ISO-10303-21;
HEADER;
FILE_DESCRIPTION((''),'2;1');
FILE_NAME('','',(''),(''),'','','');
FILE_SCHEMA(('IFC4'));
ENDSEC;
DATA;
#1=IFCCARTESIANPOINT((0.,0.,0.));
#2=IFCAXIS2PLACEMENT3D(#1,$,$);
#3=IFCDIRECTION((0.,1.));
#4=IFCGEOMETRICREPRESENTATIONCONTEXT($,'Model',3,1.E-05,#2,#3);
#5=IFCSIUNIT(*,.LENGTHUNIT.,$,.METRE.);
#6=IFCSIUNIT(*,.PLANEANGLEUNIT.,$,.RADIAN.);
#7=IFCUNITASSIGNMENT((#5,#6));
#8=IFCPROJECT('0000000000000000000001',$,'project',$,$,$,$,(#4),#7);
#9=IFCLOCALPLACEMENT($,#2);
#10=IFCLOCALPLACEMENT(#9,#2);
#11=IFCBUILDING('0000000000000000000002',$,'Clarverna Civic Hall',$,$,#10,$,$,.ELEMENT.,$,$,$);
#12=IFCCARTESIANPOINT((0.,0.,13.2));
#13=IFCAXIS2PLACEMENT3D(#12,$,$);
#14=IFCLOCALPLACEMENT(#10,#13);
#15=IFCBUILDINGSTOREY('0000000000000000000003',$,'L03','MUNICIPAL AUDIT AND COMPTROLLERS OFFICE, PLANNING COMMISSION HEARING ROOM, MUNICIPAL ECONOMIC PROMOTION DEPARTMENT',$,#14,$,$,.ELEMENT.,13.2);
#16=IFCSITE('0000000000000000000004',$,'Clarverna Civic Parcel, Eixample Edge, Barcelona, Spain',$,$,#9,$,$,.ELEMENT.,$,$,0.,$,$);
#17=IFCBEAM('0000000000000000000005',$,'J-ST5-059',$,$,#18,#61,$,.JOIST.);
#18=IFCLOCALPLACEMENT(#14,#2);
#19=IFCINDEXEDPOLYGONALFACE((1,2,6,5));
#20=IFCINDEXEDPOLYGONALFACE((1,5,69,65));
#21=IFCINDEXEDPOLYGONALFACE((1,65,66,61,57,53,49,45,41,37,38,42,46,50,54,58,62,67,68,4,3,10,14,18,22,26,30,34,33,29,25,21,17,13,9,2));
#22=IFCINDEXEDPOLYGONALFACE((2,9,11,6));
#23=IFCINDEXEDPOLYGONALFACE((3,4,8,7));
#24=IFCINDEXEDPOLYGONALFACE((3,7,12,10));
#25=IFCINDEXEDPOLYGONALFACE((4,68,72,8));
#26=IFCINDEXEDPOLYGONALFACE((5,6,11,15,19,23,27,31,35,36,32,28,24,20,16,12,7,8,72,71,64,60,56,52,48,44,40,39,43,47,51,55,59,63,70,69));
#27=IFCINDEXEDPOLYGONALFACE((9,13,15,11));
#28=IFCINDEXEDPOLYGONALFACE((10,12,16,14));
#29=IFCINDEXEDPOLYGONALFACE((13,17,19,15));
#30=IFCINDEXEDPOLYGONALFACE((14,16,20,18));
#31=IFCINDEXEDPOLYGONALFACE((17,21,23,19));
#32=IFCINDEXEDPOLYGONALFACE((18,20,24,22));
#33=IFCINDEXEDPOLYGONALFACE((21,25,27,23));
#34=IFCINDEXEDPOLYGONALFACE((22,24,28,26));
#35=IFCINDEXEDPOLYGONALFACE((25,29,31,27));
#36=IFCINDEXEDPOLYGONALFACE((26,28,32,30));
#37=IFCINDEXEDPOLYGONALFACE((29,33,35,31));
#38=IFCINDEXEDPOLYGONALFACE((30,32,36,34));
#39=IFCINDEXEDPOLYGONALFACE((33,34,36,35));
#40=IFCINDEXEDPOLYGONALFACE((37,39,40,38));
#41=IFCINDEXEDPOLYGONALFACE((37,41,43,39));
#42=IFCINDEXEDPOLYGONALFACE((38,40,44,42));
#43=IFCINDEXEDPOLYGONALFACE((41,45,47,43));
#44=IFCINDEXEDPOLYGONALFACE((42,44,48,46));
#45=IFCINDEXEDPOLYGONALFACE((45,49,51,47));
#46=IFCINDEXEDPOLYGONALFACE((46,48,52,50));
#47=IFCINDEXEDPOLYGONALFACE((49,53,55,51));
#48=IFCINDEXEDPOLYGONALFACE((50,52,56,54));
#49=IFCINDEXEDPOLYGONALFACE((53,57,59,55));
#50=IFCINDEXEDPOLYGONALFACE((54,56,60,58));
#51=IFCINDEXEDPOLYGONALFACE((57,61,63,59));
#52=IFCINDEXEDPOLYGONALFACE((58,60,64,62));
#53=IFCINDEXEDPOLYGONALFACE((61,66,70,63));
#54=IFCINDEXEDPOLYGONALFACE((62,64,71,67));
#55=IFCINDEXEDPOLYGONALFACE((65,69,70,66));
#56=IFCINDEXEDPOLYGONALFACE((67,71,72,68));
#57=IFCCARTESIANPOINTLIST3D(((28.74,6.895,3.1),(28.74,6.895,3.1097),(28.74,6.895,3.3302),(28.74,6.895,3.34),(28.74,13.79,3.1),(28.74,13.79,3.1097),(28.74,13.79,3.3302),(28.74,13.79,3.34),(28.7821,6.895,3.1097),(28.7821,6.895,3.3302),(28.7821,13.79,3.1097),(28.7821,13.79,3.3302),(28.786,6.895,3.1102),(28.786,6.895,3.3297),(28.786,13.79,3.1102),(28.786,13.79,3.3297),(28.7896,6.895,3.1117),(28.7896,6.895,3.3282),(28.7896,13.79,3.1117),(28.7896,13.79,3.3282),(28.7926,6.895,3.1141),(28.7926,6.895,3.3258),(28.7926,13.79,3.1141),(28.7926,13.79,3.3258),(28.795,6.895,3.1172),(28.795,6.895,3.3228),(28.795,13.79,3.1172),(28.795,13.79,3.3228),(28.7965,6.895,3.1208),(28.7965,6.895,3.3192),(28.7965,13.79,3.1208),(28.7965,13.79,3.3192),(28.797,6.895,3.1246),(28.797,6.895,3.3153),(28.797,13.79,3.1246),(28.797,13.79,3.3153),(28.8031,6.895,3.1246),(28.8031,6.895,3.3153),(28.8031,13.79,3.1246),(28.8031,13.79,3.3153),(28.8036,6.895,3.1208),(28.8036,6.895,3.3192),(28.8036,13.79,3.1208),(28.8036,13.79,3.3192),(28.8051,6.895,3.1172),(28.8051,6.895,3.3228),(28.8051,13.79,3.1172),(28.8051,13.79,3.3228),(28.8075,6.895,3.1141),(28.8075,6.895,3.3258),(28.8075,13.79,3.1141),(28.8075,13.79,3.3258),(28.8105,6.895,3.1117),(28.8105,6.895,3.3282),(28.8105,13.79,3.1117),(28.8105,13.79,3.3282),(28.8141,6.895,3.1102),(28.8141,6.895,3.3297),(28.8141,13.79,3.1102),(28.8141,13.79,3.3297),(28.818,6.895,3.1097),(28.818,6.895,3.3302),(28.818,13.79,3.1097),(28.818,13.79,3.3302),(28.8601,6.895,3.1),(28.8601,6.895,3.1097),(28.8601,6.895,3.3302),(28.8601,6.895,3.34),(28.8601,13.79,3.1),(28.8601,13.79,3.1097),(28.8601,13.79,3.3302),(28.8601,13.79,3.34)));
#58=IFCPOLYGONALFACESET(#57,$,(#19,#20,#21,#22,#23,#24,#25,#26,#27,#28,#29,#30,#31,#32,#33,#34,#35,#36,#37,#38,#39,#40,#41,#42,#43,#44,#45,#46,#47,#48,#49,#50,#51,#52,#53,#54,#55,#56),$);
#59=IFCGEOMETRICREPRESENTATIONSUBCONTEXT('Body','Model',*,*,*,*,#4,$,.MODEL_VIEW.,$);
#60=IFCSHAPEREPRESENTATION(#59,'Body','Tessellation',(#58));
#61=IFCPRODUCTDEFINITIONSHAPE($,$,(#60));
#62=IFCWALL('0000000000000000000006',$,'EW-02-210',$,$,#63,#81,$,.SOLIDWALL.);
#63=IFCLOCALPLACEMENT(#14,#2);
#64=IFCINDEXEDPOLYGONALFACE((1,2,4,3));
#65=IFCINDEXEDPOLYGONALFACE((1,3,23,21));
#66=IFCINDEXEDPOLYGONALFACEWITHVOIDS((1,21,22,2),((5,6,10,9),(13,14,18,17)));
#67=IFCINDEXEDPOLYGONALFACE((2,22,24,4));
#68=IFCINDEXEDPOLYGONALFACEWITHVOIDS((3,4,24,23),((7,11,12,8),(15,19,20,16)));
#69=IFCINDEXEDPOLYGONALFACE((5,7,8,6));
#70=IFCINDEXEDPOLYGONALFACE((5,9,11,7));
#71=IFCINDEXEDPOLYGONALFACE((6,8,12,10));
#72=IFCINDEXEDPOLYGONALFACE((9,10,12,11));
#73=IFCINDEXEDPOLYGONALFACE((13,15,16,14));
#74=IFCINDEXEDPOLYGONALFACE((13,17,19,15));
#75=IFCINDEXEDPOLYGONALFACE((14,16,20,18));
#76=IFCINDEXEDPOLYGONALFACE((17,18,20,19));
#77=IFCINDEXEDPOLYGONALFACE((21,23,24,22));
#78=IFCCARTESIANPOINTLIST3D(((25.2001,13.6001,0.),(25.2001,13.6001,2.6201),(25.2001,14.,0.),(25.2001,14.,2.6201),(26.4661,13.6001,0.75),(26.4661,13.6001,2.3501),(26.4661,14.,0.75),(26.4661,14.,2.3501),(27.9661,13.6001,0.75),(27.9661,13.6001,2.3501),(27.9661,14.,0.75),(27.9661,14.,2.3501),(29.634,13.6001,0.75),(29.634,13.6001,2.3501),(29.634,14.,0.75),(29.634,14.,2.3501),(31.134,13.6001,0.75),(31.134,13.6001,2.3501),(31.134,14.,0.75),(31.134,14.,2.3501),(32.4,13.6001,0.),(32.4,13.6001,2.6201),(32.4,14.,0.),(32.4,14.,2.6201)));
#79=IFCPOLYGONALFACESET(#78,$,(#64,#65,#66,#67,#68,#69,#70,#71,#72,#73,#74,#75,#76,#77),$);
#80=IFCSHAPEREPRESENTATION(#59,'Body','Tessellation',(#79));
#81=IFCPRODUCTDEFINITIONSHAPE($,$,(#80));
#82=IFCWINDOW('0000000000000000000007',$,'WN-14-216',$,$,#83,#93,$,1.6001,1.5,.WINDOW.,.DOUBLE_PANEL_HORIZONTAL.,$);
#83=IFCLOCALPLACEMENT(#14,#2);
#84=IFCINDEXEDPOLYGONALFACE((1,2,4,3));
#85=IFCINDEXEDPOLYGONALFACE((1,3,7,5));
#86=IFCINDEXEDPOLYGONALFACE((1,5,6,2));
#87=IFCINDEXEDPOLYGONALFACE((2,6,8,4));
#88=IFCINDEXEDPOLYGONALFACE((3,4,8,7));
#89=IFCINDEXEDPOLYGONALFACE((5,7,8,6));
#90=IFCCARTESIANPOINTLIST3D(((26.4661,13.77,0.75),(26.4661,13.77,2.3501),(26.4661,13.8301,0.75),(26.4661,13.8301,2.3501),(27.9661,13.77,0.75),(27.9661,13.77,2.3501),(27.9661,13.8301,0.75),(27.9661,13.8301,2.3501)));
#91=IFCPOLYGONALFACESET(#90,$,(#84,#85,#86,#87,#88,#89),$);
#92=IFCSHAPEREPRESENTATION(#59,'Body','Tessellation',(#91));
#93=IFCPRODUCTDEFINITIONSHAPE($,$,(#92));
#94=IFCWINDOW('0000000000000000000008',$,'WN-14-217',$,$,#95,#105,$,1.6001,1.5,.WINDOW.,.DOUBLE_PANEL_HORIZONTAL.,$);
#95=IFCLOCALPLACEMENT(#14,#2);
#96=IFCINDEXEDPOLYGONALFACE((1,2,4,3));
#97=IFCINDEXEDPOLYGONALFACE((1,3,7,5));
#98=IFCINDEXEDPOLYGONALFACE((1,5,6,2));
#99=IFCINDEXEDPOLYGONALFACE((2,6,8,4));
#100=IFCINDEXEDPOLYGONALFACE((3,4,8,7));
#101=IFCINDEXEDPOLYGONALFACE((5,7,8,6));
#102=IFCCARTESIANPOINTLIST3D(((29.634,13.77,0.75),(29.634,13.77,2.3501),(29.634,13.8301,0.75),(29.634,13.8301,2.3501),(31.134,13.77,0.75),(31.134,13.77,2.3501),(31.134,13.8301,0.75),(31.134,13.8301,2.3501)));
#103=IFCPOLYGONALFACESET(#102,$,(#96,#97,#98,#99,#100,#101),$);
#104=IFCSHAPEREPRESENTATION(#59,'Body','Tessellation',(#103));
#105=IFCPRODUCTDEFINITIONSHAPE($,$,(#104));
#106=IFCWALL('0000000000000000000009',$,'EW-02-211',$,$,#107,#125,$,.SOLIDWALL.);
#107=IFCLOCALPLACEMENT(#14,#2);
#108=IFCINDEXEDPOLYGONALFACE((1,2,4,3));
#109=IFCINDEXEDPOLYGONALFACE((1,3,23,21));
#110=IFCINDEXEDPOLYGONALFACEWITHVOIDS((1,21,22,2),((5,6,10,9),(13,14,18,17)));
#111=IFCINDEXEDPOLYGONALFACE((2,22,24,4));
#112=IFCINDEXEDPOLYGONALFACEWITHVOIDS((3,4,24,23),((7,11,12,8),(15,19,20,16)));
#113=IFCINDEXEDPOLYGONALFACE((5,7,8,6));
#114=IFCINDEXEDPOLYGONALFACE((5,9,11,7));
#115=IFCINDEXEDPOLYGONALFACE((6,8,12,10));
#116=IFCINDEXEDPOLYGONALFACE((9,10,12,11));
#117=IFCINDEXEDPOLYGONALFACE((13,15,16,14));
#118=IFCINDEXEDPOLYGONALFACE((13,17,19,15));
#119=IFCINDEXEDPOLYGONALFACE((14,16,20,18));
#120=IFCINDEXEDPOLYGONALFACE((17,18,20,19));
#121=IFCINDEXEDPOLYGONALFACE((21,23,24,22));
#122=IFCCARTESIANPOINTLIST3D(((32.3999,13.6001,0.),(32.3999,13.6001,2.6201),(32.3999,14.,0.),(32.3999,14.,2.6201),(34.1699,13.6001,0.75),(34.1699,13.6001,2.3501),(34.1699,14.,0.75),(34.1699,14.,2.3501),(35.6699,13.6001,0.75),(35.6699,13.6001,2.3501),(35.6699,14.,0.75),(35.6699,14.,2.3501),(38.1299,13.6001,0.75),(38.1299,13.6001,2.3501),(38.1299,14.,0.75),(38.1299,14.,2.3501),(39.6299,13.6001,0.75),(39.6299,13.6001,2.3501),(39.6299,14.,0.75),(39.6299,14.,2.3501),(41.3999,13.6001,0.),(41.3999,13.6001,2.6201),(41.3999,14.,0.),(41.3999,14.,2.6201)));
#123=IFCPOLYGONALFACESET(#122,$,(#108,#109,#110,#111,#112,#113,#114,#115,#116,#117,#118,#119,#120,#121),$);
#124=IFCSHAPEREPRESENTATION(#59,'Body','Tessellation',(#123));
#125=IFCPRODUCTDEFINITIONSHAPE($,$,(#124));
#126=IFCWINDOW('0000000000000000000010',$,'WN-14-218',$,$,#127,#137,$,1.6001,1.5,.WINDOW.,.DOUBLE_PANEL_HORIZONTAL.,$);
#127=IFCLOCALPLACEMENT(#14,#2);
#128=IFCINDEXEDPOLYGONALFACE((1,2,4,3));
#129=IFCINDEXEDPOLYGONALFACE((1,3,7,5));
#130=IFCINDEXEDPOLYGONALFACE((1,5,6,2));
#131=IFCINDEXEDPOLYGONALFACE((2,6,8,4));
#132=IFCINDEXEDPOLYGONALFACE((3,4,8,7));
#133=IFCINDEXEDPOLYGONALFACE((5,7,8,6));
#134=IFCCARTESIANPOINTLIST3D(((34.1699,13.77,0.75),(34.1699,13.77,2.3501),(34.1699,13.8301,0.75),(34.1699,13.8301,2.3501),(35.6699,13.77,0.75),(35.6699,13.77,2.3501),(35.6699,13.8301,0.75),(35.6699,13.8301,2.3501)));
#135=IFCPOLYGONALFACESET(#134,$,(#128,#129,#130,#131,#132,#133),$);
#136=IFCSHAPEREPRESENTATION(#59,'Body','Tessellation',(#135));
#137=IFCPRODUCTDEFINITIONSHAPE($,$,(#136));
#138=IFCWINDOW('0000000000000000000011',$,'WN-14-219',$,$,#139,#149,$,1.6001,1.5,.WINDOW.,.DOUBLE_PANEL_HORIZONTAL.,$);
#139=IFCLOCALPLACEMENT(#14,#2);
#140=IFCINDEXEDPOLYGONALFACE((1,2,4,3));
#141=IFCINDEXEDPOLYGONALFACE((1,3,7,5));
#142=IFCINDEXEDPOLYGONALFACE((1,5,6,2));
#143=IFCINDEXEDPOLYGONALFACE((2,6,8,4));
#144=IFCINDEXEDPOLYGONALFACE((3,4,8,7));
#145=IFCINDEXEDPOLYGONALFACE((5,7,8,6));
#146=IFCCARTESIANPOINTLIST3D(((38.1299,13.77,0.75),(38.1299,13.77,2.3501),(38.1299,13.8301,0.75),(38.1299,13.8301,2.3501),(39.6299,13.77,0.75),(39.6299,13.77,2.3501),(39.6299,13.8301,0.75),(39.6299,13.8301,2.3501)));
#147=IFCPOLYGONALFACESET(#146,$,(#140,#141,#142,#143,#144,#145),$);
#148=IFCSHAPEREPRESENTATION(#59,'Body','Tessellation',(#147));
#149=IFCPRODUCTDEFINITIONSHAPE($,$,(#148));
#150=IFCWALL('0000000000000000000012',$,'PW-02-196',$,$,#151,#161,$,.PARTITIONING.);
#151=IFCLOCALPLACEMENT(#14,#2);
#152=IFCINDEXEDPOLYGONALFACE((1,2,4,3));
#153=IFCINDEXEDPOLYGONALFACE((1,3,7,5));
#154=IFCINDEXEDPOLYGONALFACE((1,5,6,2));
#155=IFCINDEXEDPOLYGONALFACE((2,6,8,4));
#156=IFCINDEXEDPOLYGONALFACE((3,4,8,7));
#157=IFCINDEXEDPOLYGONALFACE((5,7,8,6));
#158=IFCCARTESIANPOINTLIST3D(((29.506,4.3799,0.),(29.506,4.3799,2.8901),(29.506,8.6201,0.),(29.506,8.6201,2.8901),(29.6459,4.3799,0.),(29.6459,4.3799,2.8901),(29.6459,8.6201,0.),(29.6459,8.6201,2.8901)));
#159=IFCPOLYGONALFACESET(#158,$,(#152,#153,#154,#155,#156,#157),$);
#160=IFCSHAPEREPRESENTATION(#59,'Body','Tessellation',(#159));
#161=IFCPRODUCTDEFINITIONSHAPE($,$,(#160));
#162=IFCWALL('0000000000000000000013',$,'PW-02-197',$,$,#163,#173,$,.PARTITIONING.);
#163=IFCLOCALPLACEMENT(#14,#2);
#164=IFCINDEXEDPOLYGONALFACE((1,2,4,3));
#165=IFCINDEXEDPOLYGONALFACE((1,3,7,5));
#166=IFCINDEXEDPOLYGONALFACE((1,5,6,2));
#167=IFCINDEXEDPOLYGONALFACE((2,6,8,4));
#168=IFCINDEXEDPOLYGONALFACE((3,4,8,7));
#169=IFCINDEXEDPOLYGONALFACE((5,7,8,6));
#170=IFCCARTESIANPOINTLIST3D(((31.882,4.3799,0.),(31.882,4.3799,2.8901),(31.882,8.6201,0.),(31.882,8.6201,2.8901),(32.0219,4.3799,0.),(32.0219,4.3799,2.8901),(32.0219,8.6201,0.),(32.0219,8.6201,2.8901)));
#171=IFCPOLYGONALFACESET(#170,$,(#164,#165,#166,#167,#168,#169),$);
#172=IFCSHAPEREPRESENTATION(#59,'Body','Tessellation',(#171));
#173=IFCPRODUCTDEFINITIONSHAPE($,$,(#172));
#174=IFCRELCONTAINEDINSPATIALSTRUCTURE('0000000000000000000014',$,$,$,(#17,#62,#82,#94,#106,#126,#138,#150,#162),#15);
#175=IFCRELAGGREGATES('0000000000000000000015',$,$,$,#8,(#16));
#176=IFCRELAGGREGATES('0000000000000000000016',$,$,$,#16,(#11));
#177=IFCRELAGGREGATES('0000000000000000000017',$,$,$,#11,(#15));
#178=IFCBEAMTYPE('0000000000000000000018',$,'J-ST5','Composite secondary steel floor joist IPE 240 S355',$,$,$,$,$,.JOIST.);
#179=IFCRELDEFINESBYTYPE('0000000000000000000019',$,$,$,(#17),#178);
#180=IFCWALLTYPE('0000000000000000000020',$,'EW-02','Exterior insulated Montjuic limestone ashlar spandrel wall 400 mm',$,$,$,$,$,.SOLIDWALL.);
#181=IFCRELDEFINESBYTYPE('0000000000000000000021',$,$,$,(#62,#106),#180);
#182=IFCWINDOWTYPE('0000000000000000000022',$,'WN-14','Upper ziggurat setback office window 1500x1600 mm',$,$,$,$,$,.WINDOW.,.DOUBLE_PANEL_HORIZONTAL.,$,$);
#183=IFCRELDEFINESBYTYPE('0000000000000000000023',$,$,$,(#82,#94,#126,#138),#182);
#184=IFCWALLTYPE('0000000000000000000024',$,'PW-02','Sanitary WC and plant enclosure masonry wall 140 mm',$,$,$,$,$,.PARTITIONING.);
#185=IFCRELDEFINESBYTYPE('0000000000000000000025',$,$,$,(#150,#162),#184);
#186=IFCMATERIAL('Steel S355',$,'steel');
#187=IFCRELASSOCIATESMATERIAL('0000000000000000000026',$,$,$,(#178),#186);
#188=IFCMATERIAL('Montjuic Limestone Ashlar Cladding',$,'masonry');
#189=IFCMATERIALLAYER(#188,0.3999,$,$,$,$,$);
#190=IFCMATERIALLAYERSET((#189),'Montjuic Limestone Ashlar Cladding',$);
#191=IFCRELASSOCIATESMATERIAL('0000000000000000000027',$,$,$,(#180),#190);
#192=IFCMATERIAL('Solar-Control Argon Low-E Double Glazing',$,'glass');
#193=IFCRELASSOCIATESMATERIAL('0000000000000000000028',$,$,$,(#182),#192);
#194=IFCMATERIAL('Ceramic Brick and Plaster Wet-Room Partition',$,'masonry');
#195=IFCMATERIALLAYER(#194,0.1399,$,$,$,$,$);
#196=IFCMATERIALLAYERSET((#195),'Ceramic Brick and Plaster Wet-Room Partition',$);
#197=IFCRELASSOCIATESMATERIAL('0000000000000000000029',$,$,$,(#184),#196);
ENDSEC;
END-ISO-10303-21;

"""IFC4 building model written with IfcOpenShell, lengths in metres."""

from ifc_helpers import new_model, si_unit, direction, frame, frame_2d, origin, origin_2d, place, context, subcontext, project, spatial, rectangle, i_section, extrude, material, layer, layer_set, material_profile, profile_set, type_object, element, fill, save


model = new_model("IFC4")

# Units and contexts
model_context = context("Model", 3, precision=1e-05, world=origin(), true_north=direction((0.0, 1.0)))
body_context = subcontext(model_context, "Body", "Model", "MODEL_VIEW")
ifc_project = project(units=[si_unit("LENGTHUNIT", "METRE"), si_unit("PLANEANGLEUNIT", "RADIAN")], contexts=[model_context])

# Site, building, storey
site_placement = place(None, origin())
site = spatial("IfcSite", under=ifc_project, at=site_placement, Name="Clarverna Civic Parcel, Eixample Edge, Barcelona, Spain", CompositionType="ELEMENT", RefElevation=0.0)
building_placement = place(site_placement, origin())
building = spatial("IfcBuilding", under=site, at=building_placement, Name="Clarverna Civic Hall", CompositionType="ELEMENT")
storey_placement = place(building_placement, frame((0.0, 0.0, 13.2)))
storey = spatial("IfcBuildingStorey", under=building, at=storey_placement, Name="L03", Description="MUNICIPAL AUDIT AND COMPTROLLERS OFFICE, PLANNING COMMISSION HEARING ROOM, MUNICIPAL ECONOMIC PROMOTION DEPARTMENT", CompositionType="ELEMENT", Elevation=13.2)

# Shared definitions
ifc_material_1 = material(Name="Steel S355", Category="steel")

# Beam
ifc_material_profile_1 = material_profile(ifc_material_1, i_section(OverallWidth=0.1201, OverallDepth=0.24, WebThickness=0.0061, FlangeThickness=0.0098, FilletRadius=0.0149, at=origin_2d()), Name="IPE 240")
ifc_profile_set_1 = profile_set([ifc_material_profile_1], Name="Steel S355")
beam_type_1 = type_object("IfcBeamType", Name="J-ST5", Description="Composite secondary steel floor joist IPE 240 S355", PredefinedType="JOIST", material=ifc_profile_set_1)
beam_1_placement = place(storey_placement, frame((28.8, 6.895, 3.22), z_axis=(0.0, 1.0, 0.0), x_axis=(-1.0, 0.0, 0.0)))
element("IfcBeam", 1, at=beam_1_placement, inside=storey, type_object=beam_type_1, Name="J-ST5-059", PredefinedType="JOIST", context=body_context, shape_type="SweptSolid", body=[
    extrude(i_section(OverallWidth=0.1201, OverallDepth=0.24, WebThickness=0.0061, FlangeThickness=0.0098, FilletRadius=0.0149, at=origin_2d()), origin(), (0.0, 0.0, 1.0), 6.895),
])

# Walls, openings, windows
ifc_material_2 = material(Name="Montjuic Limestone Ashlar Cladding", Category="masonry")
ifc_layer_1 = layer(ifc_material_2, 0.3999)
ifc_layer_set_1 = layer_set([ifc_layer_1], Name="Montjuic Limestone Ashlar Cladding")
wall_type_1 = type_object("IfcWallType", Name="EW-02", Description="Exterior insulated Montjuic limestone ashlar spandrel wall 400 mm", PredefinedType="SOLIDWALL", material=ifc_layer_set_1)
wall_1_placement = place(storey_placement, frame((25.2, 13.8, 0.0), z_axis=(0.0, 0.0, 1.0), x_axis=(1.0, 0.0, 0.0)))
wall_1 = element("IfcWall", 2, at=wall_1_placement, inside=storey, type_object=wall_type_1, Name="EW-02-210", PredefinedType="SOLIDWALL", context=body_context, shape_type="SweptSolid", body=[
    extrude(rectangle(XDim=7.2, YDim=0.3999, at=frame_2d((3.6001, 0.0))), origin(), (0.0, 0.0, 1.0), 2.6201),
])
opening_1_placement = place(wall_1_placement, frame((1.2661, 0.0, 0.75)))
opening_1 = element("IfcOpeningElement", 3, at=opening_1_placement, cuts=wall_1, PredefinedType="OPENING", context=body_context, shape_type="SweptSolid", body=[
    extrude(rectangle(XDim=1.5, YDim=1.6001, at=frame_2d((0.75, 0.8))), frame((0.0, 0.21, 0.0), z_axis=(0.0, -1.0, 0.0), x_axis=(1.0, 0.0, 0.0)), (0.0, 0.0, 1.0), 0.4199),
])
opening_2_placement = place(wall_1_placement, frame((4.4341, 0.0, 0.75)))
opening_2 = element("IfcOpeningElement", 4, at=opening_2_placement, cuts=wall_1, PredefinedType="OPENING", context=body_context, shape_type="SweptSolid", body=[
    extrude(rectangle(XDim=1.5, YDim=1.6001, at=frame_2d((0.75, 0.8))), frame((0.0, 0.21, 0.0), z_axis=(0.0, -1.0, 0.0), x_axis=(1.0, 0.0, 0.0)), (0.0, 0.0, 1.0), 0.4199),
])
ifc_material_3 = material(Name="Solar-Control Argon Low-E Double Glazing", Category="glass")
window_type = type_object("IfcWindowType", Name="WN-14", Description="Upper ziggurat setback office window 1500x1600 mm", PartitioningType="DOUBLE_PANEL_HORIZONTAL", PredefinedType="WINDOW", material=ifc_material_3)
window_1_placement = place(opening_1_placement, origin())
window_1 = element("IfcWindow", 5, at=window_1_placement, inside=storey, type_object=window_type, Name="WN-14-216", OverallHeight=1.6001, OverallWidth=1.5, PartitioningType="DOUBLE_PANEL_HORIZONTAL", PredefinedType="WINDOW", context=body_context, shape_type="SweptSolid", body=[
    extrude(rectangle(XDim=1.5, YDim=1.6001, at=frame_2d((0.75, 0.8))), frame((0.0, 0.03, 0.0), z_axis=(0.0, -1.0, 0.0), x_axis=(1.0, 0.0, 0.0)), (0.0, 0.0, 1.0), 0.0601),
])
fill(opening_1, window_1)
window_2_placement = place(opening_2_placement, origin())
window_2 = element("IfcWindow", 6, at=window_2_placement, inside=storey, type_object=window_type, Name="WN-14-217", OverallHeight=1.6001, OverallWidth=1.5, PartitioningType="DOUBLE_PANEL_HORIZONTAL", PredefinedType="WINDOW", context=body_context, shape_type="SweptSolid", body=[
    extrude(rectangle(XDim=1.5, YDim=1.6001, at=frame_2d((0.75, 0.8))), frame((0.0, 0.03, 0.0), z_axis=(0.0, -1.0, 0.0), x_axis=(1.0, 0.0, 0.0)), (0.0, 0.0, 1.0), 0.0601),
])
fill(opening_2, window_2)
wall_2_placement = place(storey_placement, frame((32.3999, 13.8, 0.0), z_axis=(0.0, 0.0, 1.0), x_axis=(1.0, 0.0, 0.0)))
wall_2 = element("IfcWall", 7, at=wall_2_placement, inside=storey, type_object=wall_type_1, Name="EW-02-211", PredefinedType="SOLIDWALL", context=body_context, shape_type="SweptSolid", body=[
    extrude(rectangle(XDim=9.0, YDim=0.3999, at=frame_2d((4.5, 0.0))), origin(), (0.0, 0.0, 1.0), 2.6201),
])
opening_3_placement = place(wall_2_placement, frame((1.77, 0.0, 0.75)))
opening_3 = element("IfcOpeningElement", 8, at=opening_3_placement, cuts=wall_2, PredefinedType="OPENING", context=body_context, shape_type="SweptSolid", body=[
    extrude(rectangle(XDim=1.5, YDim=1.6001, at=frame_2d((0.75, 0.8))), frame((0.0, 0.21, 0.0), z_axis=(0.0, -1.0, 0.0), x_axis=(1.0, 0.0, 0.0)), (0.0, 0.0, 1.0), 0.4199),
])
opening_4_placement = place(wall_2_placement, frame((5.73, 0.0, 0.75)))
opening_4 = element("IfcOpeningElement", 9, at=opening_4_placement, cuts=wall_2, PredefinedType="OPENING", context=body_context, shape_type="SweptSolid", body=[
    extrude(rectangle(XDim=1.5, YDim=1.6001, at=frame_2d((0.75, 0.8))), frame((0.0, 0.21, 0.0), z_axis=(0.0, -1.0, 0.0), x_axis=(1.0, 0.0, 0.0)), (0.0, 0.0, 1.0), 0.4199),
])
window_3_placement = place(opening_3_placement, origin())
window_3 = element("IfcWindow", 10, at=window_3_placement, inside=storey, type_object=window_type, Name="WN-14-218", OverallHeight=1.6001, OverallWidth=1.5, PartitioningType="DOUBLE_PANEL_HORIZONTAL", PredefinedType="WINDOW", context=body_context, shape_type="SweptSolid", body=[
    extrude(rectangle(XDim=1.5, YDim=1.6001, at=frame_2d((0.75, 0.8))), frame((0.0, 0.03, 0.0), z_axis=(0.0, -1.0, 0.0), x_axis=(1.0, 0.0, 0.0)), (0.0, 0.0, 1.0), 0.0601),
])
fill(opening_3, window_3)
window_4_placement = place(opening_4_placement, origin())
window_4 = element("IfcWindow", 11, at=window_4_placement, inside=storey, type_object=window_type, Name="WN-14-219", OverallHeight=1.6001, OverallWidth=1.5, PartitioningType="DOUBLE_PANEL_HORIZONTAL", PredefinedType="WINDOW", context=body_context, shape_type="SweptSolid", body=[
    extrude(rectangle(XDim=1.5, YDim=1.6001, at=frame_2d((0.75, 0.8))), frame((0.0, 0.03, 0.0), z_axis=(0.0, -1.0, 0.0), x_axis=(1.0, 0.0, 0.0)), (0.0, 0.0, 1.0), 0.0601),
])
fill(opening_4, window_4)

# Walls
ifc_material_4 = material(Name="Ceramic Brick and Plaster Wet-Room Partition", Category="masonry")
ifc_layer_2 = layer(ifc_material_4, 0.1399)
ifc_layer_set_2 = layer_set([ifc_layer_2], Name="Ceramic Brick and Plaster Wet-Room Partition")
wall_type_2 = type_object("IfcWallType", Name="PW-02", Description="Sanitary WC and plant enclosure masonry wall 140 mm", PredefinedType="PARTITIONING", material=ifc_layer_set_2)
for number, where, z_axis, x_axis, name in (
    (12, (29.5759, 4.3799, 0.0), (0.0, 0.0, 1.0), (0.0, 1.0, 0.0), "PW-02-196"),
    (13, (31.9519, 4.3799, 0.0), (0.0, 0.0, 1.0), (0.0, 1.0, 0.0), "PW-02-197"),
):
    element("IfcWall", number, at=place(storey_placement, frame(where, z_axis=z_axis, x_axis=x_axis)), inside=storey, type_object=wall_type_2, Name=name, PredefinedType="PARTITIONING", context=body_context, shape_type="SweptSolid", body=[
        extrude(rectangle(XDim=4.2402, YDim=0.1399, at=frame_2d((2.1201, 0.0))), origin(), (0.0, 0.0, 1.0), 2.8901),
    ])

save(model, "model.ifc")
